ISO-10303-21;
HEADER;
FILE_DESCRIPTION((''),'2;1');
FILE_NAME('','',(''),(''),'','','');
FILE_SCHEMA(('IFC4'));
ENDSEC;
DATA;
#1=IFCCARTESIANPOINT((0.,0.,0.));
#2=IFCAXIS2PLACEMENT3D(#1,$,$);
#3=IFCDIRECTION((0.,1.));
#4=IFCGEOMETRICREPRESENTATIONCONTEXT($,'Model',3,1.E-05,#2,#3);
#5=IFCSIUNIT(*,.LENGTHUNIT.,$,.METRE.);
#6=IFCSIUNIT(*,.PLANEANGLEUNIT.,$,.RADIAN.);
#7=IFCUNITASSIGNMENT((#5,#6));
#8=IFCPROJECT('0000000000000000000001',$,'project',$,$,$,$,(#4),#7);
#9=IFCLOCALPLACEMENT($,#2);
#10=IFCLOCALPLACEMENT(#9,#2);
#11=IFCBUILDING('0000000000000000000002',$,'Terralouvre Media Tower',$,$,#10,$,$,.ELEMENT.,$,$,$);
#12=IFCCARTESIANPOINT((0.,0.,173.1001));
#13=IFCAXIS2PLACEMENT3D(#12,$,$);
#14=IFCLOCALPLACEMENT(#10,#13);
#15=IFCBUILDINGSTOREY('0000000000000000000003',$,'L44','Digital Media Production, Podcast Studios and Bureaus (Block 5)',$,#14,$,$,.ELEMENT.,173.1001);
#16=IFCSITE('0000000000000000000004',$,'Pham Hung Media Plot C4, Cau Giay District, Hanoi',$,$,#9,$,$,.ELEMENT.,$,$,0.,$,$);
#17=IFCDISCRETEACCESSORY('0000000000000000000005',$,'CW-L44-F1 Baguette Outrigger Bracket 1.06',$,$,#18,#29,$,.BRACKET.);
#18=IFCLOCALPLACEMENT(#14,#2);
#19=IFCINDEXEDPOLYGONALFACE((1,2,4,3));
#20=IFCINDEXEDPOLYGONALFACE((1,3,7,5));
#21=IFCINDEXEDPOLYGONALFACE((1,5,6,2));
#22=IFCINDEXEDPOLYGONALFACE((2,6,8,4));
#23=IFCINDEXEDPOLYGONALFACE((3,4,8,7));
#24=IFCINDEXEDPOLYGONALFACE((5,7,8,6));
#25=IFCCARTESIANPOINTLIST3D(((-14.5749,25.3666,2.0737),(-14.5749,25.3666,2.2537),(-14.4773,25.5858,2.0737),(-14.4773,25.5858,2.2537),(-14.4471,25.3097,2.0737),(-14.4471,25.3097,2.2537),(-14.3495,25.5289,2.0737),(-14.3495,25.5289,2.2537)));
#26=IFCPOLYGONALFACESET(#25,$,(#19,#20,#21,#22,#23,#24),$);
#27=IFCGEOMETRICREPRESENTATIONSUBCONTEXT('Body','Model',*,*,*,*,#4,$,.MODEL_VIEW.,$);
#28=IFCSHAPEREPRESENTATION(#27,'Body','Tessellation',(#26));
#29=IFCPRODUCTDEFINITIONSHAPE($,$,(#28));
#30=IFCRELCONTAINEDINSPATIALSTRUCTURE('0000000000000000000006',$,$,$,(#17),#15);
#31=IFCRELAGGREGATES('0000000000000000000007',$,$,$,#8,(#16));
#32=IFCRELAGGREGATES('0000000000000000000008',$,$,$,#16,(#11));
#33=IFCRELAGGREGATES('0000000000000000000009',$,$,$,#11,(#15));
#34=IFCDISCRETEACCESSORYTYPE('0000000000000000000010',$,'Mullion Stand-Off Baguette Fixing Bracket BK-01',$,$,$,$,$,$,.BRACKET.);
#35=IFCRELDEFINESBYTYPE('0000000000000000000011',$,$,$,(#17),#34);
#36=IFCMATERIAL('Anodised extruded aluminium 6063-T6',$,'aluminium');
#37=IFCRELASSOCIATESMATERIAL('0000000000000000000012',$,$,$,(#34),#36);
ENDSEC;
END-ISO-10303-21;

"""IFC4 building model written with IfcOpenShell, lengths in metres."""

from ifc_helpers import new_model, si_unit, direction, frame, origin, origin_2d, place, context, subcontext, project, spatial, rectangle, extrude, material, type_object, element, save


model = new_model("IFC4")

# Units and contexts
model_context = context("Model", 3, precision=1e-05, world=origin(), true_north=direction((0.0, 1.0)))
body_context = subcontext(model_context, "Body", "Model", "MODEL_VIEW")
ifc_project = project(units=[si_unit("LENGTHUNIT", "METRE"), si_unit("PLANEANGLEUNIT", "RADIAN")], contexts=[model_context])

# Site, building, storey
site_placement = place(None, origin())
site = spatial("IfcSite", under=ifc_project, at=site_placement, Name="Pham Hung Media Plot C4, Cau Giay District, Hanoi", CompositionType="ELEMENT", RefElevation=0.0)
building_placement = place(site_placement, origin())
building = spatial("IfcBuilding", under=site, at=building_placement, Name="Terralouvre Media Tower", CompositionType="ELEMENT")
storey_placement = place(building_placement, frame((0.0, 0.0, 173.1001)))
storey = spatial("IfcBuildingStorey", under=building, at=storey_placement, Name="L44", Description="Digital Media Production, Podcast Studios and Bureaus (Block 5)", CompositionType="ELEMENT", Elevation=173.1001)

# Discrete accessory
ifc_material_1 = material(Name="Anodised extruded aluminium 6063-T6", Category="aluminium")
discrete_accessory_type = type_object("IfcDiscreteAccessoryType", Name="Mullion Stand-Off Baguette Fixing Bracket BK-01", PredefinedType="BRACKET", material=ifc_material_1)
for number, where, z_axis, x_axis, name in (
    (1, (-14.4622, 25.4478, 2.0737), (0.0, 0.0, 1.0), (-0.913545, 0.406737, 0.0), "CW-L44-F1 Baguette Outrigger Bracket 1.06"),
):
    element("IfcDiscreteAccessory", number, at=place(storey_placement, frame(where, z_axis=z_axis, x_axis=x_axis)), inside=storey, type_object=discrete_accessory_type, Name=name, PredefinedType="BRACKET", context=body_context, shape_type="SweptSolid", body=[
        extrude(rectangle(XDim=0.1399, YDim=0.24, at=origin_2d()), origin(), (0.0, 0.0, 1.0), 0.1799),
    ])

save(model, "model.ifc")
